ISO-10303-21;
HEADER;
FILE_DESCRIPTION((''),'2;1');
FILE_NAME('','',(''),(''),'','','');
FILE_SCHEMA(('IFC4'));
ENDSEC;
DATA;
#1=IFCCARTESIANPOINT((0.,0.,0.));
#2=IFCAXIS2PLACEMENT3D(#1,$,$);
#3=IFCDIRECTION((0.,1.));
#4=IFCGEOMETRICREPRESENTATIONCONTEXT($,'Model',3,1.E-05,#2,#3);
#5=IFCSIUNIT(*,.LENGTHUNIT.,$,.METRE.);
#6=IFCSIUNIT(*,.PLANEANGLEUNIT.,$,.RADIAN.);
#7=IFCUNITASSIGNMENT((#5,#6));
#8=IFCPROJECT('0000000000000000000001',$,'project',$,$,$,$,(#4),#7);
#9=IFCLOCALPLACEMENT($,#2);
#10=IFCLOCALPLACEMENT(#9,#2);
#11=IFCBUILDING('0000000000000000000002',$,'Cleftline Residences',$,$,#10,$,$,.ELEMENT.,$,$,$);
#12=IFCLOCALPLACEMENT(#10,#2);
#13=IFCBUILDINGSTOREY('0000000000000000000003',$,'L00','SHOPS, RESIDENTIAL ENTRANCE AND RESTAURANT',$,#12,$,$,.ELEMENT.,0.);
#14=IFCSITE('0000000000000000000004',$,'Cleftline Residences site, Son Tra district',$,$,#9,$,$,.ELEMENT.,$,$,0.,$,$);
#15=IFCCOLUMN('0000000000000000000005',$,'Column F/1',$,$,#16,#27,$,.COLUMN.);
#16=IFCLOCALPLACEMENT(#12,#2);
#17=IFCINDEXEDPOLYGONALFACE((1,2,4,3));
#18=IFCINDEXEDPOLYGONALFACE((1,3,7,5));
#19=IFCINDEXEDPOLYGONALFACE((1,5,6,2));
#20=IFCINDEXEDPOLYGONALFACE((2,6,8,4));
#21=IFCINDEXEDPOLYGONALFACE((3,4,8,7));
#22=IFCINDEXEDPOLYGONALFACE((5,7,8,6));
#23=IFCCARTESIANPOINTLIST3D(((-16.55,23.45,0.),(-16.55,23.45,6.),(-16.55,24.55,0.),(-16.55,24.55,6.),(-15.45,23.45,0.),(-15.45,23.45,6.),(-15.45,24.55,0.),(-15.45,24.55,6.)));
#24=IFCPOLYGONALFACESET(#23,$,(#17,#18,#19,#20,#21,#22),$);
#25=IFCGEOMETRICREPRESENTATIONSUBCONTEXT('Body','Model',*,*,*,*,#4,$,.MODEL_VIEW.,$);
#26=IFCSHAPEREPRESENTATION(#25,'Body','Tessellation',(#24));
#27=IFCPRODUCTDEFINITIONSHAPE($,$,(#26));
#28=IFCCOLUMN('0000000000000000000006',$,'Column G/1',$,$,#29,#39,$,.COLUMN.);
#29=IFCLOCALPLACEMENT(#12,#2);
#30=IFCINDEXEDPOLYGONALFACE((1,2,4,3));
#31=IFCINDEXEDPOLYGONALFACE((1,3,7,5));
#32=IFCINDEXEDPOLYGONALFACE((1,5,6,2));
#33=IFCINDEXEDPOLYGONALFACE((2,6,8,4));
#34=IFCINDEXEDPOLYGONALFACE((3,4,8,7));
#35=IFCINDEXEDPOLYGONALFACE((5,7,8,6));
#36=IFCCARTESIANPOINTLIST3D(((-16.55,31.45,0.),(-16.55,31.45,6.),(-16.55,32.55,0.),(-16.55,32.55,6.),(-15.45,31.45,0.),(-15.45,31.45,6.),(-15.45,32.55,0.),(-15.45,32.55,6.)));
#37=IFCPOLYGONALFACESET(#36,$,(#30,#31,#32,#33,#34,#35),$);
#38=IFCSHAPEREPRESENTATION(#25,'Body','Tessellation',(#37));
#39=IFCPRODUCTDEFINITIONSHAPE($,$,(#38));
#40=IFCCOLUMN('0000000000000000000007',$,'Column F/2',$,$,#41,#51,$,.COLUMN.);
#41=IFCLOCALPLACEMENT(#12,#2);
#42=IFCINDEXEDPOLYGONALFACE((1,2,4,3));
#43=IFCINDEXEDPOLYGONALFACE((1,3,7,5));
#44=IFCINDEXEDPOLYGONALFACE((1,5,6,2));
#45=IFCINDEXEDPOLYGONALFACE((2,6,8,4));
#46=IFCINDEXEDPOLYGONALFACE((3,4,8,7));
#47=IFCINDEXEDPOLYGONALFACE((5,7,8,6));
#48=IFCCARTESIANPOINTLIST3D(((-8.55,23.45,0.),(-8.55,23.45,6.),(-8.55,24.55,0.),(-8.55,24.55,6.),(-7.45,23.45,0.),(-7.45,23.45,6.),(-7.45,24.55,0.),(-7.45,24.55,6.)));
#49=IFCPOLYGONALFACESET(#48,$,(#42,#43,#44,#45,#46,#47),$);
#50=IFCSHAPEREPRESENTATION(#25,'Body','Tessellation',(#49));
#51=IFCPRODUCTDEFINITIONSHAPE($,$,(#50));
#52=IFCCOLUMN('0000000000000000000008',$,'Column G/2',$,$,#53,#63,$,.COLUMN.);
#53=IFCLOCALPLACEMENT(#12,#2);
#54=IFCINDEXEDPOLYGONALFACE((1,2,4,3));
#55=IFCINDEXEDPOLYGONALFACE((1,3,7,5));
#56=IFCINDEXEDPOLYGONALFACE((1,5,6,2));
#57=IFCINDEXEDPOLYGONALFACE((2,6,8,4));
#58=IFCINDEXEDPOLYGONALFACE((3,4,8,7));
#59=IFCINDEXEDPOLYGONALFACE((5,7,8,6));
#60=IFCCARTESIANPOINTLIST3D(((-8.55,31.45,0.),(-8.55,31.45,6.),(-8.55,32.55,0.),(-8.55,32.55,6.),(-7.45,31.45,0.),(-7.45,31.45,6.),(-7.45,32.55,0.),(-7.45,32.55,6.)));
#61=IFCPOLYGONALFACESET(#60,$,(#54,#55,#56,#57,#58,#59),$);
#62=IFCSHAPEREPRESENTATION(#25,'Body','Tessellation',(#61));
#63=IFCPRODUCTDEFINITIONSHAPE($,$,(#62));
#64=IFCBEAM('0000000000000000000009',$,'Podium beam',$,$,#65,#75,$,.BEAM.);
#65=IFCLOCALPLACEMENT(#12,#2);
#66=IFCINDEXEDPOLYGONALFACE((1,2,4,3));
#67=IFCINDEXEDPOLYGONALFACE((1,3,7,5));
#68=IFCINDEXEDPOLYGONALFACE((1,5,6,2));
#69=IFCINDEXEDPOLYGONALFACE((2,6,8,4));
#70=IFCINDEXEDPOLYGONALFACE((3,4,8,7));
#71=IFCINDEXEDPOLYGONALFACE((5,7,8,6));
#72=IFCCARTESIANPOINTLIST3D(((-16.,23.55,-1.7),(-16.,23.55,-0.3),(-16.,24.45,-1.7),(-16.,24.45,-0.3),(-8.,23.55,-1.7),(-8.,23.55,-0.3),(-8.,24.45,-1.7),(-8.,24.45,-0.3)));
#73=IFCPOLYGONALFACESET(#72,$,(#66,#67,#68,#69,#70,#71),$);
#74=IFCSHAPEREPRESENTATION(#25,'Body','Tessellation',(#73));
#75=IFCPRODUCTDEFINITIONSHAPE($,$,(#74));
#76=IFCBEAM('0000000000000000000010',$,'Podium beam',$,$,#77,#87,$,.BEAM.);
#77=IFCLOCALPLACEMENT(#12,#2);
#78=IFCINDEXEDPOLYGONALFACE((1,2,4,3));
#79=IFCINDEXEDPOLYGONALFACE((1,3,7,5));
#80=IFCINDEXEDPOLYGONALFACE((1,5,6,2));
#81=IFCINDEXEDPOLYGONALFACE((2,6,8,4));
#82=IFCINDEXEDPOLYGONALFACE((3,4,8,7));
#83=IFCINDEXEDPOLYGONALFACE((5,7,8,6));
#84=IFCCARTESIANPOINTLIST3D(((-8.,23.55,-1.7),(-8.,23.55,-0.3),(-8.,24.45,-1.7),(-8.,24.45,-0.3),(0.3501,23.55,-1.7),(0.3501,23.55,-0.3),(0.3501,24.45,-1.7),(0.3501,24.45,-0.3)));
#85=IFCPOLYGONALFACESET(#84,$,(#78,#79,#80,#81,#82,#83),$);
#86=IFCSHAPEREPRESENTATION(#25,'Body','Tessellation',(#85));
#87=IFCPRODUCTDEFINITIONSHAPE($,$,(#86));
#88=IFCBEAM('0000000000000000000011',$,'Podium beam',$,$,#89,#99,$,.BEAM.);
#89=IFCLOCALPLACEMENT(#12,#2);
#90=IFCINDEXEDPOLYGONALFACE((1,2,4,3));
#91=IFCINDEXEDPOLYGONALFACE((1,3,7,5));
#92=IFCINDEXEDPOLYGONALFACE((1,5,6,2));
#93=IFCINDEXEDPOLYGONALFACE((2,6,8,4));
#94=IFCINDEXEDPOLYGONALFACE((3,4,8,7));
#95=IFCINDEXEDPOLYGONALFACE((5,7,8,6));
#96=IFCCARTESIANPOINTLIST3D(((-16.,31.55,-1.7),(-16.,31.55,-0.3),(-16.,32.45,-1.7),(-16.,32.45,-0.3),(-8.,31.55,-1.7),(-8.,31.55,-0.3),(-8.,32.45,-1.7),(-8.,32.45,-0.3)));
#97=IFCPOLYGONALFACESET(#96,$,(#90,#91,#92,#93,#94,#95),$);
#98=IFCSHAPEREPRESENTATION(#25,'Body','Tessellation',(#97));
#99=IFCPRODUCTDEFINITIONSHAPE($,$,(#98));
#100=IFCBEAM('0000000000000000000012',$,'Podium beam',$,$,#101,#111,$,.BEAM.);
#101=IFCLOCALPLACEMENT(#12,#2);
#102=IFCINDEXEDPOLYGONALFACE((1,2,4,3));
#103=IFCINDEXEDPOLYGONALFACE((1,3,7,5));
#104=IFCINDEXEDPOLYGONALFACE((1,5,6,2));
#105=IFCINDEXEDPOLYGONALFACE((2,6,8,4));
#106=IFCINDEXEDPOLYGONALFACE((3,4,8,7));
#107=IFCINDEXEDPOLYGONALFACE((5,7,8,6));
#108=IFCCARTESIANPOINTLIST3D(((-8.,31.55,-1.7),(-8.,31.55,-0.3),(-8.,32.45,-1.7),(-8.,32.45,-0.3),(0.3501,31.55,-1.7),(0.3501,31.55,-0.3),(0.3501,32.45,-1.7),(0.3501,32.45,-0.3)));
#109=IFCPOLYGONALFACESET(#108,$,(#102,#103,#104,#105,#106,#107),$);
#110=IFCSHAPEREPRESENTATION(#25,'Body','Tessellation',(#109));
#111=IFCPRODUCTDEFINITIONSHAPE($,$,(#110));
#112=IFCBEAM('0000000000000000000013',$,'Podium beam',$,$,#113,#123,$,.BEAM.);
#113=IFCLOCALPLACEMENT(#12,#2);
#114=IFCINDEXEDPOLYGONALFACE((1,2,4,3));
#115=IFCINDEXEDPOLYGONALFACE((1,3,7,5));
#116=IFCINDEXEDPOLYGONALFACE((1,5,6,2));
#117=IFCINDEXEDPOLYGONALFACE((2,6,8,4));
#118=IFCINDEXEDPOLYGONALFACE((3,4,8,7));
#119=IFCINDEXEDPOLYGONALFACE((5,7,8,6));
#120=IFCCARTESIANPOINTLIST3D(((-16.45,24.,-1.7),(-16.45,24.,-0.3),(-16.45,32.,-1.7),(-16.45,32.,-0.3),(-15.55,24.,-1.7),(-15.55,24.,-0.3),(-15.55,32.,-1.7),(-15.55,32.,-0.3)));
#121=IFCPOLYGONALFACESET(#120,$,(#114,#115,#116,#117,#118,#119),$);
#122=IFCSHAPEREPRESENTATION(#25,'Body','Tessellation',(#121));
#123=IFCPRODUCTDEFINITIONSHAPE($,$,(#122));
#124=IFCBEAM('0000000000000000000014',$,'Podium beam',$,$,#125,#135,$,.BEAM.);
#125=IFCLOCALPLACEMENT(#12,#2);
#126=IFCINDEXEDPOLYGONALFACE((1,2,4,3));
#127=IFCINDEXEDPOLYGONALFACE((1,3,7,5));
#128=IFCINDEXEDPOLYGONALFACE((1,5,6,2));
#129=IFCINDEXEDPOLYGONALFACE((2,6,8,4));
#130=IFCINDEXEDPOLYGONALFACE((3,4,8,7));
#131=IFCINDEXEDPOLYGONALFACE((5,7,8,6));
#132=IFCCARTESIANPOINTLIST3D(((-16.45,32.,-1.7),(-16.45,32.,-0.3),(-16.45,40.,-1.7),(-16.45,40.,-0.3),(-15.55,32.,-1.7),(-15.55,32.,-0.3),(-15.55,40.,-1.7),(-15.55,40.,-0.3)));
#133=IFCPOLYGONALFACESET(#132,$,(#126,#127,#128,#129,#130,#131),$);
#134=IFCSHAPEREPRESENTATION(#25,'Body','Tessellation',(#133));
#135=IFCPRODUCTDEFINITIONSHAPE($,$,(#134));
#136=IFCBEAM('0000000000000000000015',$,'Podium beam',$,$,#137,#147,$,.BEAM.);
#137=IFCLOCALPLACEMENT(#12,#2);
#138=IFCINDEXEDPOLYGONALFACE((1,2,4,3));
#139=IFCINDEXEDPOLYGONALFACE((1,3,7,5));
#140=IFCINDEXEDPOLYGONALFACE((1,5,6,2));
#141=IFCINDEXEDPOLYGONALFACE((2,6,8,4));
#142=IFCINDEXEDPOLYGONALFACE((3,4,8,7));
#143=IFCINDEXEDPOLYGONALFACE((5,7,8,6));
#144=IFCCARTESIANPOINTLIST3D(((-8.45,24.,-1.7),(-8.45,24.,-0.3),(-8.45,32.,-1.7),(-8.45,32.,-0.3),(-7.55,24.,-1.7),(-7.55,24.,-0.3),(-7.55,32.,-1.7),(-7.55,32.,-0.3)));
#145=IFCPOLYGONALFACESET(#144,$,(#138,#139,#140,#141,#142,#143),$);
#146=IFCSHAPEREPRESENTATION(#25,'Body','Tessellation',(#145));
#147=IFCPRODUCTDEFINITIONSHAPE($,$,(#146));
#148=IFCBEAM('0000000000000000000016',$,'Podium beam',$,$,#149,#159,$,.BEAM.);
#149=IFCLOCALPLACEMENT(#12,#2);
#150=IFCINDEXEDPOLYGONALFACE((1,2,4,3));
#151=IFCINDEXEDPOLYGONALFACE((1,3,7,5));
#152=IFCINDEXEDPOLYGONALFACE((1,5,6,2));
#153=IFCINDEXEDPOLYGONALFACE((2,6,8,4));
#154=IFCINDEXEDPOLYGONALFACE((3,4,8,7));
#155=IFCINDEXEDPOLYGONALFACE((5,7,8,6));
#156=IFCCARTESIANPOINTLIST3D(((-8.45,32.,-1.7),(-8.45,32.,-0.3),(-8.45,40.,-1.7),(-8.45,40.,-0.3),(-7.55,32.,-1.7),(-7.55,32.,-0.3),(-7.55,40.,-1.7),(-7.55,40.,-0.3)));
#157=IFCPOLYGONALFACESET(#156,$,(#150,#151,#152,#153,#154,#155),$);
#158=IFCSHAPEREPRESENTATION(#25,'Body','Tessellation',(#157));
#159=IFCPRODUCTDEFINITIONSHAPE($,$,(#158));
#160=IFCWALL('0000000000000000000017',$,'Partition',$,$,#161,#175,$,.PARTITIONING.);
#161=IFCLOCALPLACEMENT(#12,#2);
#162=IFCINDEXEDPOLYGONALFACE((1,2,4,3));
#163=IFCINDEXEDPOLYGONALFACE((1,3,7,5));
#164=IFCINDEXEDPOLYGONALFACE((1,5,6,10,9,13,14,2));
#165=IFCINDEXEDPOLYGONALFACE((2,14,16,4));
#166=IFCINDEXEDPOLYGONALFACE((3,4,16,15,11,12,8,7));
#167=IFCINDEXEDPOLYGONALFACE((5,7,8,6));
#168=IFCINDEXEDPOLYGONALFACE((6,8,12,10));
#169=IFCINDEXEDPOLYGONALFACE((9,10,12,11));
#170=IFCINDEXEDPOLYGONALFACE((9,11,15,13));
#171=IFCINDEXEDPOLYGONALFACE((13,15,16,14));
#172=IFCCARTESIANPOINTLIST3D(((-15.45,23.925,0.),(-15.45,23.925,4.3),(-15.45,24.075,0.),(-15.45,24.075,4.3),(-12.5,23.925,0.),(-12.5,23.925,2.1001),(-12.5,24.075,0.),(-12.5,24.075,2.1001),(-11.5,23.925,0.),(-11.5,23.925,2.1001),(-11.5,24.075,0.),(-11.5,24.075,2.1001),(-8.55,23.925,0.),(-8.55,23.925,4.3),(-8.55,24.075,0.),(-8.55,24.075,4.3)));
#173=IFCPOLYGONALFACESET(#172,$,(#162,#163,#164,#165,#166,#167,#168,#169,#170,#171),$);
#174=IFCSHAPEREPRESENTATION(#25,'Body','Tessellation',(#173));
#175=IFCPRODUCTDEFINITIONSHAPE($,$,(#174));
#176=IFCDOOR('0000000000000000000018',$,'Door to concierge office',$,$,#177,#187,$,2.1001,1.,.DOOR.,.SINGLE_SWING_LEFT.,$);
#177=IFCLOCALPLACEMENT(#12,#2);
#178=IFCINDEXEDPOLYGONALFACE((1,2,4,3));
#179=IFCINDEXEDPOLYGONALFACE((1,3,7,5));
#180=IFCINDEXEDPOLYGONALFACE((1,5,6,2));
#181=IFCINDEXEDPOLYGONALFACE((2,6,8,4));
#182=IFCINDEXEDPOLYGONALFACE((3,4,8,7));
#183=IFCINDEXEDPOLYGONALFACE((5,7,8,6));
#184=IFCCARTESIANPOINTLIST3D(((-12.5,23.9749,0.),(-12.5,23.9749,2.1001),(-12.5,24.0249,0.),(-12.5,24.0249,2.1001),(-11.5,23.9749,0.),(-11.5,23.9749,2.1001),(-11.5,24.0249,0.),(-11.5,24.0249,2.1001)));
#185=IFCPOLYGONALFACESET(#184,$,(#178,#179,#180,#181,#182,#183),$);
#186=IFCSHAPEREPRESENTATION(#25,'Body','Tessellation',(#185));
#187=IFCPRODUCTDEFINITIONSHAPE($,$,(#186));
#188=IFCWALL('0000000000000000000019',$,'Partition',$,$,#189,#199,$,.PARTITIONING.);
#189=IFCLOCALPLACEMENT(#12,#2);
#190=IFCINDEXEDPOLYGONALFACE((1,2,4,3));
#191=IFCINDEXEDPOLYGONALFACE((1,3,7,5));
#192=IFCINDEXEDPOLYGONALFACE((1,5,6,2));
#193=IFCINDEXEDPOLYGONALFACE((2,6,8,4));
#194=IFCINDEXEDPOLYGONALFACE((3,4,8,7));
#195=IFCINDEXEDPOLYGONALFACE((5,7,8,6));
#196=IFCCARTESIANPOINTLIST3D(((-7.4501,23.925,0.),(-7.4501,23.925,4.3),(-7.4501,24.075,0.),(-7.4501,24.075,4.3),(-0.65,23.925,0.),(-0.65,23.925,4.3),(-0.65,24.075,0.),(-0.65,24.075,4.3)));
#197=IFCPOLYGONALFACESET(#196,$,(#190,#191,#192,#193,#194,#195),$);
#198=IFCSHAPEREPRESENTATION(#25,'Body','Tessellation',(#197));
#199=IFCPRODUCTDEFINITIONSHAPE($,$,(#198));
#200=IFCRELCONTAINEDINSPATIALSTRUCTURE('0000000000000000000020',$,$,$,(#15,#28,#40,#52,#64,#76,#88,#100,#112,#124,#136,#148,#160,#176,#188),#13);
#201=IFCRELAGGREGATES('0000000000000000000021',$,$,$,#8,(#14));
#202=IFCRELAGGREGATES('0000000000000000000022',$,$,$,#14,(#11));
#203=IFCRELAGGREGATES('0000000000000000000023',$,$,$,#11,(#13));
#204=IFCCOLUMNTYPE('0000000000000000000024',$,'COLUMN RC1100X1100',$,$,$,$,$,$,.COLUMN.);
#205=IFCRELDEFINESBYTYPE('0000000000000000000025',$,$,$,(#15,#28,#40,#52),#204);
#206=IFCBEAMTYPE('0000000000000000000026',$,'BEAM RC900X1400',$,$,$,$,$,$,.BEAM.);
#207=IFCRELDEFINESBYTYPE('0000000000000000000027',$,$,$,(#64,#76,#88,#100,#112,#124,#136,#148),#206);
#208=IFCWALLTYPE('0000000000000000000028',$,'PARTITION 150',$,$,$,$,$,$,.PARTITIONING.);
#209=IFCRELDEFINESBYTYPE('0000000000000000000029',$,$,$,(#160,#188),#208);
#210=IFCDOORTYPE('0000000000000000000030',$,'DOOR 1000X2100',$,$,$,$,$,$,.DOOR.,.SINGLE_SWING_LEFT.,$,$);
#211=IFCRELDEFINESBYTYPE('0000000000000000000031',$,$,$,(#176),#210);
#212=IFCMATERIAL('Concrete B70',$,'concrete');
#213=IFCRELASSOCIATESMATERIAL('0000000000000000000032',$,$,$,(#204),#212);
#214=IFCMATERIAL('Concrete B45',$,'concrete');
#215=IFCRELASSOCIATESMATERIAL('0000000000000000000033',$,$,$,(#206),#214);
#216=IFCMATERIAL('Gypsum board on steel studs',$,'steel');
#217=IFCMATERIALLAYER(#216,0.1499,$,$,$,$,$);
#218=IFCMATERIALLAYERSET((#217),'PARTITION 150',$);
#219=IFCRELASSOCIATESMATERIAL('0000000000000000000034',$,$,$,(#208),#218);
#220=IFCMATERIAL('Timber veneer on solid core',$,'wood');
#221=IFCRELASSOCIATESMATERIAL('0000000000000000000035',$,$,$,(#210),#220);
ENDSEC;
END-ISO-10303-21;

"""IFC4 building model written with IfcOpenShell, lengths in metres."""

from ifc_helpers import new_model, si_unit, direction, frame, frame_2d, origin, origin_2d, place, context, subcontext, project, spatial, rectangle, extrude, material, layer, layer_set, material_profile, profile_set, type_object, element, fill, save


model = new_model("IFC4")

# Units and contexts
model_context = context("Model", 3, precision=1e-05, world=origin(), true_north=direction((0.0, 1.0)))
body_context = subcontext(model_context, "Body", "Model", "MODEL_VIEW")
ifc_project = project(units=[si_unit("LENGTHUNIT", "METRE"), si_unit("PLANEANGLEUNIT", "RADIAN")], contexts=[model_context])

# Site, building, storey
site_placement = place(None, origin())
site = spatial("IfcSite", under=ifc_project, at=site_placement, Name="Cleftline Residences site, Son Tra district", CompositionType="ELEMENT", RefElevation=0.0)
building_placement = place(site_placement, origin())
building = spatial("IfcBuilding", under=site, at=building_placement, Name="Cleftline Residences", CompositionType="ELEMENT")
storey_placement = place(building_placement, origin())
storey = spatial("IfcBuildingStorey", under=building, at=storey_placement, Name="L00", Description="SHOPS, RESIDENTIAL ENTRANCE AND RESTAURANT", CompositionType="ELEMENT", Elevation=0.0)

# Columns
ifc_material_1 = material(Name="Concrete B70", Category="concrete")
ifc_material_profile_1 = material_profile(ifc_material_1, rectangle(XDim=1.1001, YDim=1.1001, at=origin_2d()))
ifc_profile_set_1 = profile_set([ifc_material_profile_1], Name="Concrete B70")
column_type = type_object("IfcColumnType", Name="COLUMN RC1100X1100", PredefinedType="COLUMN", material=ifc_profile_set_1)
for number, where, z_axis, x_axis, name in (
    (1, (-16.0, 24.0, 0.0), (0.0, 0.0, 1.0), (1.0, 0.0, 0.0), "Column F/1"),
    (2, (-16.0, 32.0, 0.0), (0.0, 0.0, 1.0), (1.0, 0.0, 0.0), "Column G/1"),
    (3, (-8.0, 24.0, 0.0), (0.0, 0.0, 1.0), (1.0, 0.0, 0.0), "Column F/2"),
    (4, (-8.0, 32.0, 0.0), (0.0, 0.0, 1.0), (1.0, 0.0, 0.0), "Column G/2"),
):
    element("IfcColumn", number, at=place(storey_placement, frame(where, z_axis=z_axis, x_axis=x_axis)), inside=storey, type_object=column_type, Name=name, PredefinedType="COLUMN", context=body_context, shape_type="SweptSolid", body=[
        extrude(rectangle(XDim=1.1001, YDim=1.1001, at=origin_2d()), origin(), (0.0, 0.0, 1.0), 6.0),
    ])

# Beams
ifc_material_2 = material(Name="Concrete B45", Category="concrete")
ifc_material_profile_2 = material_profile(ifc_material_2, rectangle(XDim=0.8999, YDim=1.3999, at=origin_2d()))
ifc_profile_set_2 = profile_set([ifc_material_profile_2], Name="Concrete B45")
beam_type = type_object("IfcBeamType", Name="BEAM RC900X1400", PredefinedType="BEAM", material=ifc_profile_set_2)
beam_1_placement = place(storey_placement, frame((-16.0, 24.0, -1.0), z_axis=(1.0, 0.0, 0.0), x_axis=(0.0, 1.0, 0.0)))
element("IfcBeam", 5, at=beam_1_placement, inside=storey, type_object=beam_type, Name="Podium beam", PredefinedType="BEAM", context=body_context, shape_type="SweptSolid", body=[
    extrude(rectangle(XDim=0.8999, YDim=1.3999, at=origin_2d()), origin(), (0.0, 0.0, 1.0), 8.0),
])
beam_2_placement = place(storey_placement, frame((-8.0, 24.0, -1.0), z_axis=(1.0, 0.0, 0.0), x_axis=(0.0, 1.0, 0.0)))
element("IfcBeam", 6, at=beam_2_placement, inside=storey, type_object=beam_type, Name="Podium beam", PredefinedType="BEAM", context=body_context, shape_type="SweptSolid", body=[
    extrude(rectangle(XDim=0.8999, YDim=1.3999, at=origin_2d()), origin(), (0.0, 0.0, 1.0), 8.3501),
])
beam_3_placement = place(storey_placement, frame((-16.0, 32.0, -1.0), z_axis=(1.0, 0.0, 0.0), x_axis=(0.0, 1.0, 0.0)))
element("IfcBeam", 7, at=beam_3_placement, inside=storey, type_object=beam_type, Name="Podium beam", PredefinedType="BEAM", context=body_context, shape_type="SweptSolid", body=[
    extrude(rectangle(XDim=0.8999, YDim=1.3999, at=origin_2d()), origin(), (0.0, 0.0, 1.0), 8.0),
])
beam_4_placement = place(storey_placement, frame((-8.0, 32.0, -1.0), z_axis=(1.0, 0.0, 0.0), x_axis=(0.0, 1.0, 0.0)))
element("IfcBeam", 8, at=beam_4_placement, inside=storey, type_object=beam_type, Name="Podium beam", PredefinedType="BEAM", context=body_context, shape_type="SweptSolid", body=[
    extrude(rectangle(XDim=0.8999, YDim=1.3999, at=origin_2d()), origin(), (0.0, 0.0, 1.0), 8.3501),
])
for number, where, z_axis, x_axis, name in (
    (9, (-16.0, 24.0, -1.0), (0.0, 1.0, 0.0), (-1.0, 0.0, 0.0), "Podium beam"),
    (10, (-16.0, 32.0, -1.0), (0.0, 1.0, 0.0), (-1.0, 0.0, 0.0), "Podium beam"),
    (11, (-8.0, 24.0, -1.0), (0.0, 1.0, 0.0), (-1.0, 0.0, 0.0), "Podium beam"),
    (12, (-8.0, 32.0, -1.0), (0.0, 1.0, 0.0), (-1.0, 0.0, 0.0), "Podium beam"),
):
    element("IfcBeam", number, at=place(storey_placement, frame(where, z_axis=z_axis, x_axis=x_axis)), inside=storey, type_object=beam_type, Name=name, PredefinedType="BEAM", context=body_context, shape_type="SweptSolid", body=[
        extrude(rectangle(XDim=0.8999, YDim=1.3999, at=origin_2d()), origin(), (0.0, 0.0, 1.0), 8.0),
    ])

# Wall, opening, door
ifc_material_3 = material(Name="Gypsum board on steel studs", Category="steel")
ifc_layer = layer(ifc_material_3, 0.1499)
ifc_layer_set = layer_set([ifc_layer], Name="PARTITION 150")
wall_type = type_object("IfcWallType", Name="PARTITION 150", PredefinedType="PARTITIONING", material=ifc_layer_set)
wall_1_placement = place(storey_placement, frame((-15.45, 24.0, 0.0), z_axis=(0.0, 0.0, 1.0), x_axis=(1.0, 0.0, 0.0)))
wall_1 = element("IfcWall", 13, at=wall_1_placement, inside=storey, type_object=wall_type, Name="Partition", PredefinedType="PARTITIONING", context=body_context, shape_type="SweptSolid", body=[
    extrude(rectangle(XDim=6.8999, YDim=0.1499, at=frame_2d((3.45, 0.0))), origin(), (0.0, 0.0, 1.0), 4.3),
])
opening_1_placement = place(wall_1_placement, frame((2.95, 0.0, 0.0)))
opening_1 = element("IfcOpeningElement", 14, at=opening_1_placement, cuts=wall_1, PredefinedType="OPENING", context=body_context, shape_type="SweptSolid", body=[
    extrude(rectangle(XDim=1.0, YDim=2.1001, at=frame_2d((0.5, 1.05))), frame((0.0, 0.085, 0.0), z_axis=(0.0, -1.0, 0.0), x_axis=(1.0, 0.0, 0.0)), (0.0, 0.0, 1.0), 0.1699),
])
ifc_material_4 = material(Name="Timber veneer on solid core", Category="wood")
door_type_1 = type_object("IfcDoorType", Name="DOOR 1000X2100", OperationType="SINGLE_SWING_LEFT", PredefinedType="DOOR", material=ifc_material_4)
door_1_placement = place(opening_1_placement, origin())
door_1 = element("IfcDoor", 15, at=door_1_placement, inside=storey, type_object=door_type_1, Name="Door to concierge office", OperationType="SINGLE_SWING_LEFT", OverallHeight=2.1001, OverallWidth=1.0, PredefinedType="DOOR", context=body_context, shape_type="SweptSolid", body=[
    extrude(rectangle(XDim=1.0, YDim=2.1001, at=frame_2d((0.5, 1.05))), frame((0.0, 0.0249, 0.0), z_axis=(0.0, -1.0, 0.0), x_axis=(1.0, 0.0, 0.0)), (0.0, 0.0, 1.0), 0.05),
])
fill(opening_1, door_1)

# Wall
wall_2_placement = place(storey_placement, frame((-7.45, 24.0, 0.0), z_axis=(0.0, 0.0, 1.0), x_axis=(1.0, 0.0, 0.0)))
element("IfcWall", 16, at=wall_2_placement, inside=storey, type_object=wall_type, Name="Partition", PredefinedType="PARTITIONING", context=body_context, shape_type="SweptSolid", body=[
    extrude(rectangle(XDim=6.8, YDim=0.1499, at=frame_2d((3.3999, 0.0))), origin(), (0.0, 0.0, 1.0), 4.3),
])

save(model, "model.ifc")
